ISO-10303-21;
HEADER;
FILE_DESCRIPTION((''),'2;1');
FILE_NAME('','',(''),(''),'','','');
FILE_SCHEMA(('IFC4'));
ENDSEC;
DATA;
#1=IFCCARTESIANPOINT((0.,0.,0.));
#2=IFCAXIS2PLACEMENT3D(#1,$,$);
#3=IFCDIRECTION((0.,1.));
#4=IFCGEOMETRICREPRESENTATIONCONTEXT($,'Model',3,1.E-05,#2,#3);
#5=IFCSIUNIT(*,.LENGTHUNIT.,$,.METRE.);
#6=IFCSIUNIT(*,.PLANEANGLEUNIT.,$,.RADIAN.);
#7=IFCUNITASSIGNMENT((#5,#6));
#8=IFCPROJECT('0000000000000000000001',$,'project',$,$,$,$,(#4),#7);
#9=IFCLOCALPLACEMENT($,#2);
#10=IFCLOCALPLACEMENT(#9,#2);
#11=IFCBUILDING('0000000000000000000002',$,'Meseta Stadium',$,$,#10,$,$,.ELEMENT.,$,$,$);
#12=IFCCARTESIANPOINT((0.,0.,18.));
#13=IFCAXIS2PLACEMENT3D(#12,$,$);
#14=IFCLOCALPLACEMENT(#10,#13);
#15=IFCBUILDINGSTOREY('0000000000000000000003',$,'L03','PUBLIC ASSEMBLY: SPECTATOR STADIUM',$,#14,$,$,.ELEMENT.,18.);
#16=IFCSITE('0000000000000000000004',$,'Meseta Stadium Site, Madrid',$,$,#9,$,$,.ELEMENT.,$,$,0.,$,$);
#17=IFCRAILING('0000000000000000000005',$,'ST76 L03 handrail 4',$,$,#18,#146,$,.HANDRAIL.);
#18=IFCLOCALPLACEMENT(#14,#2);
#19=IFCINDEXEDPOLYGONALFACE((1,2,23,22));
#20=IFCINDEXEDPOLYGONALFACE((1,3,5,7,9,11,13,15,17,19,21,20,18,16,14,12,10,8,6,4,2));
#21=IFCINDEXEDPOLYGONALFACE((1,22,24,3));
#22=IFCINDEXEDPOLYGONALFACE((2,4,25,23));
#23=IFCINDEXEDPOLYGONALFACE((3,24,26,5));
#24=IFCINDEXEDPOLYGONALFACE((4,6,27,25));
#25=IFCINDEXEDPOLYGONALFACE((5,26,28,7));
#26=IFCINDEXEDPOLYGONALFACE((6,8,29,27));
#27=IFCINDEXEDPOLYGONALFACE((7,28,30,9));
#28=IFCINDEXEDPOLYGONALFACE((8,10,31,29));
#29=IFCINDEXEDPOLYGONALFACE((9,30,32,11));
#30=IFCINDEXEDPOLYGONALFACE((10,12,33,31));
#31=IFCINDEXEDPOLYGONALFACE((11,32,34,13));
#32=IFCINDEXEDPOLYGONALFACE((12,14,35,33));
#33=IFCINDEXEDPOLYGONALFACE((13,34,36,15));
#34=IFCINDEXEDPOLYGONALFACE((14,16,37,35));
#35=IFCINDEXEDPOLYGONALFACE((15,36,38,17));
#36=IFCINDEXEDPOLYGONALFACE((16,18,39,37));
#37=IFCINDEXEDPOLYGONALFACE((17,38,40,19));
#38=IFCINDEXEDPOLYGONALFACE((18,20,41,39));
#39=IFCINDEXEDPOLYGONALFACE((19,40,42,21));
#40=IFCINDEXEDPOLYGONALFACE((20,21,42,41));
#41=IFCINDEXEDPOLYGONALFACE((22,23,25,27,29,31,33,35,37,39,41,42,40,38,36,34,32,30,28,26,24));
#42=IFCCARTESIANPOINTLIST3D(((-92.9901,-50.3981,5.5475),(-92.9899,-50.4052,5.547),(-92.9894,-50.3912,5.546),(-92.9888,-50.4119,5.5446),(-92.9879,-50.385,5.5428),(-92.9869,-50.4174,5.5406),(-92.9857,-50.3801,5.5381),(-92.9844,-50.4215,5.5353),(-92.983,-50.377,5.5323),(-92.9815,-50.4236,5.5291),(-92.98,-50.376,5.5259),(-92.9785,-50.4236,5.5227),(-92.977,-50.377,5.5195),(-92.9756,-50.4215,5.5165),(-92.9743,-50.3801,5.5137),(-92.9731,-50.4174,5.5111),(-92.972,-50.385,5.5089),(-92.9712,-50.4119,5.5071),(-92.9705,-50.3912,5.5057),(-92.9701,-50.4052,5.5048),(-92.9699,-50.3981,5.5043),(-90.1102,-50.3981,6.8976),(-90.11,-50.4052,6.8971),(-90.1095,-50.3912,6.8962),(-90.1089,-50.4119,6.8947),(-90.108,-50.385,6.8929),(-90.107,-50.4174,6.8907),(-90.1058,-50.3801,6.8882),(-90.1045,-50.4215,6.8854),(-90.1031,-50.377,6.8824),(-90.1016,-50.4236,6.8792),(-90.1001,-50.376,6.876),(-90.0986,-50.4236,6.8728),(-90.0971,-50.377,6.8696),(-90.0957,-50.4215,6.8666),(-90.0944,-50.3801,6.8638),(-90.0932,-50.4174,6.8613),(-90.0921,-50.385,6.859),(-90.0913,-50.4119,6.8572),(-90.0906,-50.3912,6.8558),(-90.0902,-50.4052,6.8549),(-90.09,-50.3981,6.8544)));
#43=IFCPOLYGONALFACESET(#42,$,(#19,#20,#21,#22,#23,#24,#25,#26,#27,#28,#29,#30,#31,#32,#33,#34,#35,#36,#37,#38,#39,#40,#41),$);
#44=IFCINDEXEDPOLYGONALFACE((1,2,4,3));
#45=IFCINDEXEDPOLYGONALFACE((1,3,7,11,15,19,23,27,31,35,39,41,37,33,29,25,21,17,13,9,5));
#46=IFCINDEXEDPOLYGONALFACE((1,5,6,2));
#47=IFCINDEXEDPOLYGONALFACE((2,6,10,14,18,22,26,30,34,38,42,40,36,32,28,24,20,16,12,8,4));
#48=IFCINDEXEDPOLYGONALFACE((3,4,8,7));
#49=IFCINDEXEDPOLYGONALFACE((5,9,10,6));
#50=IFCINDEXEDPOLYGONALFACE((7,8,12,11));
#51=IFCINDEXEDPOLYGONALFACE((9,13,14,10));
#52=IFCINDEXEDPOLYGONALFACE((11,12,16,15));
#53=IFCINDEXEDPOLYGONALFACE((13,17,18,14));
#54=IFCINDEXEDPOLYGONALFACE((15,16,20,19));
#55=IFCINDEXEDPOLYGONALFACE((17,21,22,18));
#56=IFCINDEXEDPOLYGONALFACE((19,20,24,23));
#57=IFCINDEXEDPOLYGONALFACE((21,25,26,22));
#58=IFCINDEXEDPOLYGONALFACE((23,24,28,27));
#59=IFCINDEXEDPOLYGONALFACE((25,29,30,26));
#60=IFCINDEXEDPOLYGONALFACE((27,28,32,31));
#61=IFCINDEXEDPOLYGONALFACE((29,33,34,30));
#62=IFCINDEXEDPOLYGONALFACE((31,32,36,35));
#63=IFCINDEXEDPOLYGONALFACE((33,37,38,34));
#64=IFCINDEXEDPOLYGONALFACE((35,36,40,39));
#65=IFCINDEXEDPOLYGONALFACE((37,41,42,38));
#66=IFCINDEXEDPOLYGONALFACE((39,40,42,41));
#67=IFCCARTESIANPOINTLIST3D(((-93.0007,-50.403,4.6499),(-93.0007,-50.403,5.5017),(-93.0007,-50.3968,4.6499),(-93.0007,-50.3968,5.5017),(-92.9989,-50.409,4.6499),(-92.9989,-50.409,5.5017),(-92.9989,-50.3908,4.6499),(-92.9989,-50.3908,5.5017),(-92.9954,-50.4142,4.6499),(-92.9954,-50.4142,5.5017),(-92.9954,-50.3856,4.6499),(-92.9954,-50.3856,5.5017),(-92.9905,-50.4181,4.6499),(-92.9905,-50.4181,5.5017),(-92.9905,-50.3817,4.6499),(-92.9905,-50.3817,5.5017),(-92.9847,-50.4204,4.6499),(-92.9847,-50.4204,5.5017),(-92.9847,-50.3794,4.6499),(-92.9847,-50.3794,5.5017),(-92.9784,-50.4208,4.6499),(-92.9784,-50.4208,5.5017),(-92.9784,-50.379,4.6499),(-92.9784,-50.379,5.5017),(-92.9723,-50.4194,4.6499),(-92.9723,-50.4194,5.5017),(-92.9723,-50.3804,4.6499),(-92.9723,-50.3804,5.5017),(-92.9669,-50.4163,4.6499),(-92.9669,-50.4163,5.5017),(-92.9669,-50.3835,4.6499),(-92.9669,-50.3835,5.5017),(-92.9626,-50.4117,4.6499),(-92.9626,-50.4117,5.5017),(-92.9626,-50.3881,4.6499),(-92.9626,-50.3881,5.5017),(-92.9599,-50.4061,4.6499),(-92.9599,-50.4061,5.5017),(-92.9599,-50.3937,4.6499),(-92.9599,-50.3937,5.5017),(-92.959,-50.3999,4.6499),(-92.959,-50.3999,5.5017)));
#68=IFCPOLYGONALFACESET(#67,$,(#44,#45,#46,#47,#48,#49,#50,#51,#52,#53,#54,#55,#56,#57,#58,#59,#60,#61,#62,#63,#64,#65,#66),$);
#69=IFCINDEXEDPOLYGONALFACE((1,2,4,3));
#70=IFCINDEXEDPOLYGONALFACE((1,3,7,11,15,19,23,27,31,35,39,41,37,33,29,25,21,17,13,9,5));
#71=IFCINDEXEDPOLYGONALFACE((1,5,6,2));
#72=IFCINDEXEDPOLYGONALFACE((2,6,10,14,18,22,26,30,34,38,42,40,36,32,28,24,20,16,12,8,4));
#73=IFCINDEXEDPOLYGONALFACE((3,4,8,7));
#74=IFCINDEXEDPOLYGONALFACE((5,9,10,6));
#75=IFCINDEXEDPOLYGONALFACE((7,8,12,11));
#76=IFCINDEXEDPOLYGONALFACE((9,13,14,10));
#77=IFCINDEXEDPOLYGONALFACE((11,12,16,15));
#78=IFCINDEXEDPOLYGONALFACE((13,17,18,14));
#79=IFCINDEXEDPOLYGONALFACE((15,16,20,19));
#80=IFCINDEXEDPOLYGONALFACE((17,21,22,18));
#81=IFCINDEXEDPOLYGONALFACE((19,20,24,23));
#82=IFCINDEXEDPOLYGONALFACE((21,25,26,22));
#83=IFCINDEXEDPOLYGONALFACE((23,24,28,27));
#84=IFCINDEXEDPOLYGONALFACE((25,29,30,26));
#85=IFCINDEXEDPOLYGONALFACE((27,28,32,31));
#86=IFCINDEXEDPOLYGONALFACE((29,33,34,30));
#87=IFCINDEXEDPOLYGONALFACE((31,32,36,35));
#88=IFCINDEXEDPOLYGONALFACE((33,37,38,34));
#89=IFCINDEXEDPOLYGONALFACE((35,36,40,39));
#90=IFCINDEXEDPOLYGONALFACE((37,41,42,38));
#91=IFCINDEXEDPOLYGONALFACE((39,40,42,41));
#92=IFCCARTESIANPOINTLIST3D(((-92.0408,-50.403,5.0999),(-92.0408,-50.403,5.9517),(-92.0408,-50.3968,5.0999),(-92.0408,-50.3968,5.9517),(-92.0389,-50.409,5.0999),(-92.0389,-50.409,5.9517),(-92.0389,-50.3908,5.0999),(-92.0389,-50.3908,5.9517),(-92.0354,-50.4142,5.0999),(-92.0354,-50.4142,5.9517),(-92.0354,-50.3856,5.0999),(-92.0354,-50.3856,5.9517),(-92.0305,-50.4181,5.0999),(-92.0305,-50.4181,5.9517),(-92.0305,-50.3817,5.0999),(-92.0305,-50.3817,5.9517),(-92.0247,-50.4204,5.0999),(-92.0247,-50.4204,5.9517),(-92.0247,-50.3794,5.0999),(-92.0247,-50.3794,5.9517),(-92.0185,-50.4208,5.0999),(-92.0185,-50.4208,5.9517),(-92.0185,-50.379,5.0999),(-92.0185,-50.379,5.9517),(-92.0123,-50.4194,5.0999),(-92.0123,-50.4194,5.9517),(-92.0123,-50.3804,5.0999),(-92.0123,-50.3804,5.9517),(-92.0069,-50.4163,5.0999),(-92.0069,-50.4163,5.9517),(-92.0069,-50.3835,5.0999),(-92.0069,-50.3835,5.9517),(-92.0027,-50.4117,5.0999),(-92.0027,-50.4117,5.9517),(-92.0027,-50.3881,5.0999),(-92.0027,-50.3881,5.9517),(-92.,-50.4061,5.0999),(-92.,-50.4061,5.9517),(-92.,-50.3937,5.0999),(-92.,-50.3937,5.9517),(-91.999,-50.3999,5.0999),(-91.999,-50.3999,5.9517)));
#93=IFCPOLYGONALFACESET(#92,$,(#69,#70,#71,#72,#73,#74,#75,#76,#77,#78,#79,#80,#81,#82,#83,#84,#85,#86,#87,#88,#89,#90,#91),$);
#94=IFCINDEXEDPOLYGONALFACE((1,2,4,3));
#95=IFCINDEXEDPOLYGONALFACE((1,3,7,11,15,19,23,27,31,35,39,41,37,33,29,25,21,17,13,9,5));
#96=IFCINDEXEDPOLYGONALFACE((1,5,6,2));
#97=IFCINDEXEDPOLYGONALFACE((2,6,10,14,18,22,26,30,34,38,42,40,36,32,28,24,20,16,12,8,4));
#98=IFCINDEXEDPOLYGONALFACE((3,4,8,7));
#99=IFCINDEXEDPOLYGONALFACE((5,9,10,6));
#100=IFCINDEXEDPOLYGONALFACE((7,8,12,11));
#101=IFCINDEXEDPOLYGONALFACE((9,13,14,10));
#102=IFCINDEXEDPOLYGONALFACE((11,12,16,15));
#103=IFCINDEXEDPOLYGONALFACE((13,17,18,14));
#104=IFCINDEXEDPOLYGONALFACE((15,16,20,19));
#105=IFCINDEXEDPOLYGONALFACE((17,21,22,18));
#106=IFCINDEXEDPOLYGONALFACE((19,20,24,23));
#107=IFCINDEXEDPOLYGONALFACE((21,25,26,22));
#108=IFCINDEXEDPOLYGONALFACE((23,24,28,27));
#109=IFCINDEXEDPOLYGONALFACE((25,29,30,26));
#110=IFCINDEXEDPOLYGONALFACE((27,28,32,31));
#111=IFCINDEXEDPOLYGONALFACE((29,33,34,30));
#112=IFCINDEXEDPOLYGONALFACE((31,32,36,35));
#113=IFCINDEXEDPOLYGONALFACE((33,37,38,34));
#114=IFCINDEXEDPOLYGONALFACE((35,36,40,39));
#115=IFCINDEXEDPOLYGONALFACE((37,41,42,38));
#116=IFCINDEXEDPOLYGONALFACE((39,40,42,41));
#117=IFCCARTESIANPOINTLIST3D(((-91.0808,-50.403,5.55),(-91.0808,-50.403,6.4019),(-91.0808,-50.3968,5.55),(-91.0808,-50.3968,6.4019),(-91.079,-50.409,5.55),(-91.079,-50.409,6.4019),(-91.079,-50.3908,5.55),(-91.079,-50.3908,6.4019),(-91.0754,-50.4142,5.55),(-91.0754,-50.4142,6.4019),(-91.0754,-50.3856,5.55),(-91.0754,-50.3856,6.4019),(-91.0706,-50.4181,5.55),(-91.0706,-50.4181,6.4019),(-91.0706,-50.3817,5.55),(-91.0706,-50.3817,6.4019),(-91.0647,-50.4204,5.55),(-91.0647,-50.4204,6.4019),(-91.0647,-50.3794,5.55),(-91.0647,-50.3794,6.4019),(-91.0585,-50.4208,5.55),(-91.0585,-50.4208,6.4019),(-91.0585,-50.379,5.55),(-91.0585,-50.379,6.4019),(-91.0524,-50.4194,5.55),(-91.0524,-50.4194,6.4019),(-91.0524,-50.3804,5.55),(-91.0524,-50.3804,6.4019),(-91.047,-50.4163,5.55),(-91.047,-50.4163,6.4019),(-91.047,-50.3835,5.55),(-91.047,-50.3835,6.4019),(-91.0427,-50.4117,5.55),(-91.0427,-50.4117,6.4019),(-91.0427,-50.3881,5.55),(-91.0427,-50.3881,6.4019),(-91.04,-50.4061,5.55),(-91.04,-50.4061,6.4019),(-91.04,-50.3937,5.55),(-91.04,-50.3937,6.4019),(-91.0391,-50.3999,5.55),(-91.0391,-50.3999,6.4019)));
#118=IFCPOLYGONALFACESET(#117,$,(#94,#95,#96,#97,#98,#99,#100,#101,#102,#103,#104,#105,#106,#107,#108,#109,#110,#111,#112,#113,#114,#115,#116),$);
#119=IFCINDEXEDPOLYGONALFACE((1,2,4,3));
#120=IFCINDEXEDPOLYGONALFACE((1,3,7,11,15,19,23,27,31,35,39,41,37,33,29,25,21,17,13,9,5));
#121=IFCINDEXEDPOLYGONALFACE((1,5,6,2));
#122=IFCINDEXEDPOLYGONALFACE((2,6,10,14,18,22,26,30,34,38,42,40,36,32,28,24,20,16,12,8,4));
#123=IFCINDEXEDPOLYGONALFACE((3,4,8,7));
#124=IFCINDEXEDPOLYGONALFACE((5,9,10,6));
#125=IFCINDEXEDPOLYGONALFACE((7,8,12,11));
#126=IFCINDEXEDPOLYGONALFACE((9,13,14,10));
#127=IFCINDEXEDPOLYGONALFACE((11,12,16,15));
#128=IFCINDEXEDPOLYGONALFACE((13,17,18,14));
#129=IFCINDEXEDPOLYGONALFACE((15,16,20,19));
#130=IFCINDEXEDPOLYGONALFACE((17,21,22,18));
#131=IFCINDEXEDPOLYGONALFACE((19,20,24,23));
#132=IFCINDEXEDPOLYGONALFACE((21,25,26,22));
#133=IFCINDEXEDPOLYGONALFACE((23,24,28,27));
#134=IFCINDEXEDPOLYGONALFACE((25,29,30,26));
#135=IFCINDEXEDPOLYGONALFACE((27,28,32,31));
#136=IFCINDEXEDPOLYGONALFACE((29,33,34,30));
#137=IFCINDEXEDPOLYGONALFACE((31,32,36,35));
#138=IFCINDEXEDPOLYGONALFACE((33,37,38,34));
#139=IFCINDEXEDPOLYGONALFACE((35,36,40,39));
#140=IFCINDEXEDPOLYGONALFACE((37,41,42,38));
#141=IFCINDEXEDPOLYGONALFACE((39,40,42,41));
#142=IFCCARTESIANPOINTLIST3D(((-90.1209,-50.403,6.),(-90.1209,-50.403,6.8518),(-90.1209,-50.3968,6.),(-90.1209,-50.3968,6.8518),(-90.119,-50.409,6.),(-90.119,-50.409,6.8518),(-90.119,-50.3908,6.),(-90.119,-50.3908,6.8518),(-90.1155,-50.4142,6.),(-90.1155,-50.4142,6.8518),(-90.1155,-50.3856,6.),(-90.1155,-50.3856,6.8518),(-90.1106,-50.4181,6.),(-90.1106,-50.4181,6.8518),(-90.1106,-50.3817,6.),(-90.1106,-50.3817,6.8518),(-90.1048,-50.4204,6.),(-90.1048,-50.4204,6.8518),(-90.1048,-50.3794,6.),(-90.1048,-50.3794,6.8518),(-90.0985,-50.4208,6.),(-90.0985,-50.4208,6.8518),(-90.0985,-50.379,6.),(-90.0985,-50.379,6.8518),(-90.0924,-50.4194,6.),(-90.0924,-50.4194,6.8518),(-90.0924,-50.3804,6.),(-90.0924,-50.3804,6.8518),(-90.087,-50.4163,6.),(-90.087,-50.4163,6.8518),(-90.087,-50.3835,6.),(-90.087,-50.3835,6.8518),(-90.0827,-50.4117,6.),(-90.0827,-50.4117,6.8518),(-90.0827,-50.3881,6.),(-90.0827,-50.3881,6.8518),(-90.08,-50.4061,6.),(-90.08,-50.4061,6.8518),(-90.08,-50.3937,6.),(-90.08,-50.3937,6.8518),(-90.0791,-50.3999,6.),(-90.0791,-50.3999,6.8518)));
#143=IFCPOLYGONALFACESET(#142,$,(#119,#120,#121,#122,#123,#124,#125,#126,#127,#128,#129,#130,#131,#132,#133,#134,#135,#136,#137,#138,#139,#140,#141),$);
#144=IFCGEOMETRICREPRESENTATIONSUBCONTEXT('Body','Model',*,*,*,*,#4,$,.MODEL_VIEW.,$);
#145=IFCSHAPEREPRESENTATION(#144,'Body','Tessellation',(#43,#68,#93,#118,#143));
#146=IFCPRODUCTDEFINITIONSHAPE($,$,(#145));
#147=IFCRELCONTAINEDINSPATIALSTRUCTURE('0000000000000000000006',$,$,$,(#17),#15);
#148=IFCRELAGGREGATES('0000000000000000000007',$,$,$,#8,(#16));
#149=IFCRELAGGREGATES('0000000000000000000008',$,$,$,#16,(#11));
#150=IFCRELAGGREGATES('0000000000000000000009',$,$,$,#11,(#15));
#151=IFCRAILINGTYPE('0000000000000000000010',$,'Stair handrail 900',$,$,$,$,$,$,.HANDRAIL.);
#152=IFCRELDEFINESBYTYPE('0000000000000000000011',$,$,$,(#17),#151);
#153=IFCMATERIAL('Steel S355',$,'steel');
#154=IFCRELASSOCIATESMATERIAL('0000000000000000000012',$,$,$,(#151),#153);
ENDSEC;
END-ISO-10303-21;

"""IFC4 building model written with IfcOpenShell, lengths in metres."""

from ifc_helpers import new_model, si_unit, direction, frame, origin, origin_2d, place, context, subcontext, project, spatial, circle, extrude, material, type_object, element, save


model = new_model("IFC4")

# Units and contexts
model_context = context("Model", 3, precision=1e-05, world=origin(), true_north=direction((0.0, 1.0)))
body_context = subcontext(model_context, "Body", "Model", "MODEL_VIEW")
ifc_project = project(units=[si_unit("LENGTHUNIT", "METRE"), si_unit("PLANEANGLEUNIT", "RADIAN")], contexts=[model_context])

# Site, building, storey
site_placement = place(None, origin())
site = spatial("IfcSite", under=ifc_project, at=site_placement, Name="Meseta Stadium Site, Madrid", CompositionType="ELEMENT", RefElevation=0.0)
building_placement = place(site_placement, origin())
building = spatial("IfcBuilding", under=site, at=building_placement, Name="Meseta Stadium", CompositionType="ELEMENT")
storey_placement = place(building_placement, frame((0.0, 0.0, 18.0)))
storey = spatial("IfcBuildingStorey", under=building, at=storey_placement, Name="L03", Description="PUBLIC ASSEMBLY: SPECTATOR STADIUM", CompositionType="ELEMENT", Elevation=18.0)

# Railing
ifc_material_1 = material(Name="Steel S355", Category="steel")
railing_type_1 = type_object("IfcRailingType", Name="Stair handrail 900", PredefinedType="HANDRAIL", material=ifc_material_1)
for number, where, name in (
    (1, (-92.98, -50.3999, 4.6499), "ST76 L03 handrail 4"),
):
    element("IfcRailing", number, at=place(storey_placement, frame(where)), inside=storey, type_object=railing_type_1, Name=name, PredefinedType="HANDRAIL", context=body_context, shape_type="SweptSolid", body=[
        extrude(circle(Radius=0.0239, at=origin_2d()), frame((0.0, 0.0, 0.876), z_axis=(0.90544, 0.0, 0.424473), x_axis=(0.0, 1.0, 0.0)), (0.0, 0.0, 1.0), 3.1807),
        extrude(circle(Radius=0.021, at=origin_2d()), origin(), (0.0, 0.0, 1.0), 0.8518),
        extrude(circle(Radius=0.021, at=origin_2d()), frame((0.96, 0.0, 0.45)), (0.0, 0.0, 1.0), 0.8518),
        extrude(circle(Radius=0.021, at=origin_2d()), frame((1.9199, 0.0, 0.9001)), (0.0, 0.0, 1.0), 0.8518),
        extrude(circle(Radius=0.021, at=origin_2d()), frame((2.8799, 0.0, 1.3501)), (0.0, 0.0, 1.0), 0.8518),
    ])

save(model, "model.ifc")
